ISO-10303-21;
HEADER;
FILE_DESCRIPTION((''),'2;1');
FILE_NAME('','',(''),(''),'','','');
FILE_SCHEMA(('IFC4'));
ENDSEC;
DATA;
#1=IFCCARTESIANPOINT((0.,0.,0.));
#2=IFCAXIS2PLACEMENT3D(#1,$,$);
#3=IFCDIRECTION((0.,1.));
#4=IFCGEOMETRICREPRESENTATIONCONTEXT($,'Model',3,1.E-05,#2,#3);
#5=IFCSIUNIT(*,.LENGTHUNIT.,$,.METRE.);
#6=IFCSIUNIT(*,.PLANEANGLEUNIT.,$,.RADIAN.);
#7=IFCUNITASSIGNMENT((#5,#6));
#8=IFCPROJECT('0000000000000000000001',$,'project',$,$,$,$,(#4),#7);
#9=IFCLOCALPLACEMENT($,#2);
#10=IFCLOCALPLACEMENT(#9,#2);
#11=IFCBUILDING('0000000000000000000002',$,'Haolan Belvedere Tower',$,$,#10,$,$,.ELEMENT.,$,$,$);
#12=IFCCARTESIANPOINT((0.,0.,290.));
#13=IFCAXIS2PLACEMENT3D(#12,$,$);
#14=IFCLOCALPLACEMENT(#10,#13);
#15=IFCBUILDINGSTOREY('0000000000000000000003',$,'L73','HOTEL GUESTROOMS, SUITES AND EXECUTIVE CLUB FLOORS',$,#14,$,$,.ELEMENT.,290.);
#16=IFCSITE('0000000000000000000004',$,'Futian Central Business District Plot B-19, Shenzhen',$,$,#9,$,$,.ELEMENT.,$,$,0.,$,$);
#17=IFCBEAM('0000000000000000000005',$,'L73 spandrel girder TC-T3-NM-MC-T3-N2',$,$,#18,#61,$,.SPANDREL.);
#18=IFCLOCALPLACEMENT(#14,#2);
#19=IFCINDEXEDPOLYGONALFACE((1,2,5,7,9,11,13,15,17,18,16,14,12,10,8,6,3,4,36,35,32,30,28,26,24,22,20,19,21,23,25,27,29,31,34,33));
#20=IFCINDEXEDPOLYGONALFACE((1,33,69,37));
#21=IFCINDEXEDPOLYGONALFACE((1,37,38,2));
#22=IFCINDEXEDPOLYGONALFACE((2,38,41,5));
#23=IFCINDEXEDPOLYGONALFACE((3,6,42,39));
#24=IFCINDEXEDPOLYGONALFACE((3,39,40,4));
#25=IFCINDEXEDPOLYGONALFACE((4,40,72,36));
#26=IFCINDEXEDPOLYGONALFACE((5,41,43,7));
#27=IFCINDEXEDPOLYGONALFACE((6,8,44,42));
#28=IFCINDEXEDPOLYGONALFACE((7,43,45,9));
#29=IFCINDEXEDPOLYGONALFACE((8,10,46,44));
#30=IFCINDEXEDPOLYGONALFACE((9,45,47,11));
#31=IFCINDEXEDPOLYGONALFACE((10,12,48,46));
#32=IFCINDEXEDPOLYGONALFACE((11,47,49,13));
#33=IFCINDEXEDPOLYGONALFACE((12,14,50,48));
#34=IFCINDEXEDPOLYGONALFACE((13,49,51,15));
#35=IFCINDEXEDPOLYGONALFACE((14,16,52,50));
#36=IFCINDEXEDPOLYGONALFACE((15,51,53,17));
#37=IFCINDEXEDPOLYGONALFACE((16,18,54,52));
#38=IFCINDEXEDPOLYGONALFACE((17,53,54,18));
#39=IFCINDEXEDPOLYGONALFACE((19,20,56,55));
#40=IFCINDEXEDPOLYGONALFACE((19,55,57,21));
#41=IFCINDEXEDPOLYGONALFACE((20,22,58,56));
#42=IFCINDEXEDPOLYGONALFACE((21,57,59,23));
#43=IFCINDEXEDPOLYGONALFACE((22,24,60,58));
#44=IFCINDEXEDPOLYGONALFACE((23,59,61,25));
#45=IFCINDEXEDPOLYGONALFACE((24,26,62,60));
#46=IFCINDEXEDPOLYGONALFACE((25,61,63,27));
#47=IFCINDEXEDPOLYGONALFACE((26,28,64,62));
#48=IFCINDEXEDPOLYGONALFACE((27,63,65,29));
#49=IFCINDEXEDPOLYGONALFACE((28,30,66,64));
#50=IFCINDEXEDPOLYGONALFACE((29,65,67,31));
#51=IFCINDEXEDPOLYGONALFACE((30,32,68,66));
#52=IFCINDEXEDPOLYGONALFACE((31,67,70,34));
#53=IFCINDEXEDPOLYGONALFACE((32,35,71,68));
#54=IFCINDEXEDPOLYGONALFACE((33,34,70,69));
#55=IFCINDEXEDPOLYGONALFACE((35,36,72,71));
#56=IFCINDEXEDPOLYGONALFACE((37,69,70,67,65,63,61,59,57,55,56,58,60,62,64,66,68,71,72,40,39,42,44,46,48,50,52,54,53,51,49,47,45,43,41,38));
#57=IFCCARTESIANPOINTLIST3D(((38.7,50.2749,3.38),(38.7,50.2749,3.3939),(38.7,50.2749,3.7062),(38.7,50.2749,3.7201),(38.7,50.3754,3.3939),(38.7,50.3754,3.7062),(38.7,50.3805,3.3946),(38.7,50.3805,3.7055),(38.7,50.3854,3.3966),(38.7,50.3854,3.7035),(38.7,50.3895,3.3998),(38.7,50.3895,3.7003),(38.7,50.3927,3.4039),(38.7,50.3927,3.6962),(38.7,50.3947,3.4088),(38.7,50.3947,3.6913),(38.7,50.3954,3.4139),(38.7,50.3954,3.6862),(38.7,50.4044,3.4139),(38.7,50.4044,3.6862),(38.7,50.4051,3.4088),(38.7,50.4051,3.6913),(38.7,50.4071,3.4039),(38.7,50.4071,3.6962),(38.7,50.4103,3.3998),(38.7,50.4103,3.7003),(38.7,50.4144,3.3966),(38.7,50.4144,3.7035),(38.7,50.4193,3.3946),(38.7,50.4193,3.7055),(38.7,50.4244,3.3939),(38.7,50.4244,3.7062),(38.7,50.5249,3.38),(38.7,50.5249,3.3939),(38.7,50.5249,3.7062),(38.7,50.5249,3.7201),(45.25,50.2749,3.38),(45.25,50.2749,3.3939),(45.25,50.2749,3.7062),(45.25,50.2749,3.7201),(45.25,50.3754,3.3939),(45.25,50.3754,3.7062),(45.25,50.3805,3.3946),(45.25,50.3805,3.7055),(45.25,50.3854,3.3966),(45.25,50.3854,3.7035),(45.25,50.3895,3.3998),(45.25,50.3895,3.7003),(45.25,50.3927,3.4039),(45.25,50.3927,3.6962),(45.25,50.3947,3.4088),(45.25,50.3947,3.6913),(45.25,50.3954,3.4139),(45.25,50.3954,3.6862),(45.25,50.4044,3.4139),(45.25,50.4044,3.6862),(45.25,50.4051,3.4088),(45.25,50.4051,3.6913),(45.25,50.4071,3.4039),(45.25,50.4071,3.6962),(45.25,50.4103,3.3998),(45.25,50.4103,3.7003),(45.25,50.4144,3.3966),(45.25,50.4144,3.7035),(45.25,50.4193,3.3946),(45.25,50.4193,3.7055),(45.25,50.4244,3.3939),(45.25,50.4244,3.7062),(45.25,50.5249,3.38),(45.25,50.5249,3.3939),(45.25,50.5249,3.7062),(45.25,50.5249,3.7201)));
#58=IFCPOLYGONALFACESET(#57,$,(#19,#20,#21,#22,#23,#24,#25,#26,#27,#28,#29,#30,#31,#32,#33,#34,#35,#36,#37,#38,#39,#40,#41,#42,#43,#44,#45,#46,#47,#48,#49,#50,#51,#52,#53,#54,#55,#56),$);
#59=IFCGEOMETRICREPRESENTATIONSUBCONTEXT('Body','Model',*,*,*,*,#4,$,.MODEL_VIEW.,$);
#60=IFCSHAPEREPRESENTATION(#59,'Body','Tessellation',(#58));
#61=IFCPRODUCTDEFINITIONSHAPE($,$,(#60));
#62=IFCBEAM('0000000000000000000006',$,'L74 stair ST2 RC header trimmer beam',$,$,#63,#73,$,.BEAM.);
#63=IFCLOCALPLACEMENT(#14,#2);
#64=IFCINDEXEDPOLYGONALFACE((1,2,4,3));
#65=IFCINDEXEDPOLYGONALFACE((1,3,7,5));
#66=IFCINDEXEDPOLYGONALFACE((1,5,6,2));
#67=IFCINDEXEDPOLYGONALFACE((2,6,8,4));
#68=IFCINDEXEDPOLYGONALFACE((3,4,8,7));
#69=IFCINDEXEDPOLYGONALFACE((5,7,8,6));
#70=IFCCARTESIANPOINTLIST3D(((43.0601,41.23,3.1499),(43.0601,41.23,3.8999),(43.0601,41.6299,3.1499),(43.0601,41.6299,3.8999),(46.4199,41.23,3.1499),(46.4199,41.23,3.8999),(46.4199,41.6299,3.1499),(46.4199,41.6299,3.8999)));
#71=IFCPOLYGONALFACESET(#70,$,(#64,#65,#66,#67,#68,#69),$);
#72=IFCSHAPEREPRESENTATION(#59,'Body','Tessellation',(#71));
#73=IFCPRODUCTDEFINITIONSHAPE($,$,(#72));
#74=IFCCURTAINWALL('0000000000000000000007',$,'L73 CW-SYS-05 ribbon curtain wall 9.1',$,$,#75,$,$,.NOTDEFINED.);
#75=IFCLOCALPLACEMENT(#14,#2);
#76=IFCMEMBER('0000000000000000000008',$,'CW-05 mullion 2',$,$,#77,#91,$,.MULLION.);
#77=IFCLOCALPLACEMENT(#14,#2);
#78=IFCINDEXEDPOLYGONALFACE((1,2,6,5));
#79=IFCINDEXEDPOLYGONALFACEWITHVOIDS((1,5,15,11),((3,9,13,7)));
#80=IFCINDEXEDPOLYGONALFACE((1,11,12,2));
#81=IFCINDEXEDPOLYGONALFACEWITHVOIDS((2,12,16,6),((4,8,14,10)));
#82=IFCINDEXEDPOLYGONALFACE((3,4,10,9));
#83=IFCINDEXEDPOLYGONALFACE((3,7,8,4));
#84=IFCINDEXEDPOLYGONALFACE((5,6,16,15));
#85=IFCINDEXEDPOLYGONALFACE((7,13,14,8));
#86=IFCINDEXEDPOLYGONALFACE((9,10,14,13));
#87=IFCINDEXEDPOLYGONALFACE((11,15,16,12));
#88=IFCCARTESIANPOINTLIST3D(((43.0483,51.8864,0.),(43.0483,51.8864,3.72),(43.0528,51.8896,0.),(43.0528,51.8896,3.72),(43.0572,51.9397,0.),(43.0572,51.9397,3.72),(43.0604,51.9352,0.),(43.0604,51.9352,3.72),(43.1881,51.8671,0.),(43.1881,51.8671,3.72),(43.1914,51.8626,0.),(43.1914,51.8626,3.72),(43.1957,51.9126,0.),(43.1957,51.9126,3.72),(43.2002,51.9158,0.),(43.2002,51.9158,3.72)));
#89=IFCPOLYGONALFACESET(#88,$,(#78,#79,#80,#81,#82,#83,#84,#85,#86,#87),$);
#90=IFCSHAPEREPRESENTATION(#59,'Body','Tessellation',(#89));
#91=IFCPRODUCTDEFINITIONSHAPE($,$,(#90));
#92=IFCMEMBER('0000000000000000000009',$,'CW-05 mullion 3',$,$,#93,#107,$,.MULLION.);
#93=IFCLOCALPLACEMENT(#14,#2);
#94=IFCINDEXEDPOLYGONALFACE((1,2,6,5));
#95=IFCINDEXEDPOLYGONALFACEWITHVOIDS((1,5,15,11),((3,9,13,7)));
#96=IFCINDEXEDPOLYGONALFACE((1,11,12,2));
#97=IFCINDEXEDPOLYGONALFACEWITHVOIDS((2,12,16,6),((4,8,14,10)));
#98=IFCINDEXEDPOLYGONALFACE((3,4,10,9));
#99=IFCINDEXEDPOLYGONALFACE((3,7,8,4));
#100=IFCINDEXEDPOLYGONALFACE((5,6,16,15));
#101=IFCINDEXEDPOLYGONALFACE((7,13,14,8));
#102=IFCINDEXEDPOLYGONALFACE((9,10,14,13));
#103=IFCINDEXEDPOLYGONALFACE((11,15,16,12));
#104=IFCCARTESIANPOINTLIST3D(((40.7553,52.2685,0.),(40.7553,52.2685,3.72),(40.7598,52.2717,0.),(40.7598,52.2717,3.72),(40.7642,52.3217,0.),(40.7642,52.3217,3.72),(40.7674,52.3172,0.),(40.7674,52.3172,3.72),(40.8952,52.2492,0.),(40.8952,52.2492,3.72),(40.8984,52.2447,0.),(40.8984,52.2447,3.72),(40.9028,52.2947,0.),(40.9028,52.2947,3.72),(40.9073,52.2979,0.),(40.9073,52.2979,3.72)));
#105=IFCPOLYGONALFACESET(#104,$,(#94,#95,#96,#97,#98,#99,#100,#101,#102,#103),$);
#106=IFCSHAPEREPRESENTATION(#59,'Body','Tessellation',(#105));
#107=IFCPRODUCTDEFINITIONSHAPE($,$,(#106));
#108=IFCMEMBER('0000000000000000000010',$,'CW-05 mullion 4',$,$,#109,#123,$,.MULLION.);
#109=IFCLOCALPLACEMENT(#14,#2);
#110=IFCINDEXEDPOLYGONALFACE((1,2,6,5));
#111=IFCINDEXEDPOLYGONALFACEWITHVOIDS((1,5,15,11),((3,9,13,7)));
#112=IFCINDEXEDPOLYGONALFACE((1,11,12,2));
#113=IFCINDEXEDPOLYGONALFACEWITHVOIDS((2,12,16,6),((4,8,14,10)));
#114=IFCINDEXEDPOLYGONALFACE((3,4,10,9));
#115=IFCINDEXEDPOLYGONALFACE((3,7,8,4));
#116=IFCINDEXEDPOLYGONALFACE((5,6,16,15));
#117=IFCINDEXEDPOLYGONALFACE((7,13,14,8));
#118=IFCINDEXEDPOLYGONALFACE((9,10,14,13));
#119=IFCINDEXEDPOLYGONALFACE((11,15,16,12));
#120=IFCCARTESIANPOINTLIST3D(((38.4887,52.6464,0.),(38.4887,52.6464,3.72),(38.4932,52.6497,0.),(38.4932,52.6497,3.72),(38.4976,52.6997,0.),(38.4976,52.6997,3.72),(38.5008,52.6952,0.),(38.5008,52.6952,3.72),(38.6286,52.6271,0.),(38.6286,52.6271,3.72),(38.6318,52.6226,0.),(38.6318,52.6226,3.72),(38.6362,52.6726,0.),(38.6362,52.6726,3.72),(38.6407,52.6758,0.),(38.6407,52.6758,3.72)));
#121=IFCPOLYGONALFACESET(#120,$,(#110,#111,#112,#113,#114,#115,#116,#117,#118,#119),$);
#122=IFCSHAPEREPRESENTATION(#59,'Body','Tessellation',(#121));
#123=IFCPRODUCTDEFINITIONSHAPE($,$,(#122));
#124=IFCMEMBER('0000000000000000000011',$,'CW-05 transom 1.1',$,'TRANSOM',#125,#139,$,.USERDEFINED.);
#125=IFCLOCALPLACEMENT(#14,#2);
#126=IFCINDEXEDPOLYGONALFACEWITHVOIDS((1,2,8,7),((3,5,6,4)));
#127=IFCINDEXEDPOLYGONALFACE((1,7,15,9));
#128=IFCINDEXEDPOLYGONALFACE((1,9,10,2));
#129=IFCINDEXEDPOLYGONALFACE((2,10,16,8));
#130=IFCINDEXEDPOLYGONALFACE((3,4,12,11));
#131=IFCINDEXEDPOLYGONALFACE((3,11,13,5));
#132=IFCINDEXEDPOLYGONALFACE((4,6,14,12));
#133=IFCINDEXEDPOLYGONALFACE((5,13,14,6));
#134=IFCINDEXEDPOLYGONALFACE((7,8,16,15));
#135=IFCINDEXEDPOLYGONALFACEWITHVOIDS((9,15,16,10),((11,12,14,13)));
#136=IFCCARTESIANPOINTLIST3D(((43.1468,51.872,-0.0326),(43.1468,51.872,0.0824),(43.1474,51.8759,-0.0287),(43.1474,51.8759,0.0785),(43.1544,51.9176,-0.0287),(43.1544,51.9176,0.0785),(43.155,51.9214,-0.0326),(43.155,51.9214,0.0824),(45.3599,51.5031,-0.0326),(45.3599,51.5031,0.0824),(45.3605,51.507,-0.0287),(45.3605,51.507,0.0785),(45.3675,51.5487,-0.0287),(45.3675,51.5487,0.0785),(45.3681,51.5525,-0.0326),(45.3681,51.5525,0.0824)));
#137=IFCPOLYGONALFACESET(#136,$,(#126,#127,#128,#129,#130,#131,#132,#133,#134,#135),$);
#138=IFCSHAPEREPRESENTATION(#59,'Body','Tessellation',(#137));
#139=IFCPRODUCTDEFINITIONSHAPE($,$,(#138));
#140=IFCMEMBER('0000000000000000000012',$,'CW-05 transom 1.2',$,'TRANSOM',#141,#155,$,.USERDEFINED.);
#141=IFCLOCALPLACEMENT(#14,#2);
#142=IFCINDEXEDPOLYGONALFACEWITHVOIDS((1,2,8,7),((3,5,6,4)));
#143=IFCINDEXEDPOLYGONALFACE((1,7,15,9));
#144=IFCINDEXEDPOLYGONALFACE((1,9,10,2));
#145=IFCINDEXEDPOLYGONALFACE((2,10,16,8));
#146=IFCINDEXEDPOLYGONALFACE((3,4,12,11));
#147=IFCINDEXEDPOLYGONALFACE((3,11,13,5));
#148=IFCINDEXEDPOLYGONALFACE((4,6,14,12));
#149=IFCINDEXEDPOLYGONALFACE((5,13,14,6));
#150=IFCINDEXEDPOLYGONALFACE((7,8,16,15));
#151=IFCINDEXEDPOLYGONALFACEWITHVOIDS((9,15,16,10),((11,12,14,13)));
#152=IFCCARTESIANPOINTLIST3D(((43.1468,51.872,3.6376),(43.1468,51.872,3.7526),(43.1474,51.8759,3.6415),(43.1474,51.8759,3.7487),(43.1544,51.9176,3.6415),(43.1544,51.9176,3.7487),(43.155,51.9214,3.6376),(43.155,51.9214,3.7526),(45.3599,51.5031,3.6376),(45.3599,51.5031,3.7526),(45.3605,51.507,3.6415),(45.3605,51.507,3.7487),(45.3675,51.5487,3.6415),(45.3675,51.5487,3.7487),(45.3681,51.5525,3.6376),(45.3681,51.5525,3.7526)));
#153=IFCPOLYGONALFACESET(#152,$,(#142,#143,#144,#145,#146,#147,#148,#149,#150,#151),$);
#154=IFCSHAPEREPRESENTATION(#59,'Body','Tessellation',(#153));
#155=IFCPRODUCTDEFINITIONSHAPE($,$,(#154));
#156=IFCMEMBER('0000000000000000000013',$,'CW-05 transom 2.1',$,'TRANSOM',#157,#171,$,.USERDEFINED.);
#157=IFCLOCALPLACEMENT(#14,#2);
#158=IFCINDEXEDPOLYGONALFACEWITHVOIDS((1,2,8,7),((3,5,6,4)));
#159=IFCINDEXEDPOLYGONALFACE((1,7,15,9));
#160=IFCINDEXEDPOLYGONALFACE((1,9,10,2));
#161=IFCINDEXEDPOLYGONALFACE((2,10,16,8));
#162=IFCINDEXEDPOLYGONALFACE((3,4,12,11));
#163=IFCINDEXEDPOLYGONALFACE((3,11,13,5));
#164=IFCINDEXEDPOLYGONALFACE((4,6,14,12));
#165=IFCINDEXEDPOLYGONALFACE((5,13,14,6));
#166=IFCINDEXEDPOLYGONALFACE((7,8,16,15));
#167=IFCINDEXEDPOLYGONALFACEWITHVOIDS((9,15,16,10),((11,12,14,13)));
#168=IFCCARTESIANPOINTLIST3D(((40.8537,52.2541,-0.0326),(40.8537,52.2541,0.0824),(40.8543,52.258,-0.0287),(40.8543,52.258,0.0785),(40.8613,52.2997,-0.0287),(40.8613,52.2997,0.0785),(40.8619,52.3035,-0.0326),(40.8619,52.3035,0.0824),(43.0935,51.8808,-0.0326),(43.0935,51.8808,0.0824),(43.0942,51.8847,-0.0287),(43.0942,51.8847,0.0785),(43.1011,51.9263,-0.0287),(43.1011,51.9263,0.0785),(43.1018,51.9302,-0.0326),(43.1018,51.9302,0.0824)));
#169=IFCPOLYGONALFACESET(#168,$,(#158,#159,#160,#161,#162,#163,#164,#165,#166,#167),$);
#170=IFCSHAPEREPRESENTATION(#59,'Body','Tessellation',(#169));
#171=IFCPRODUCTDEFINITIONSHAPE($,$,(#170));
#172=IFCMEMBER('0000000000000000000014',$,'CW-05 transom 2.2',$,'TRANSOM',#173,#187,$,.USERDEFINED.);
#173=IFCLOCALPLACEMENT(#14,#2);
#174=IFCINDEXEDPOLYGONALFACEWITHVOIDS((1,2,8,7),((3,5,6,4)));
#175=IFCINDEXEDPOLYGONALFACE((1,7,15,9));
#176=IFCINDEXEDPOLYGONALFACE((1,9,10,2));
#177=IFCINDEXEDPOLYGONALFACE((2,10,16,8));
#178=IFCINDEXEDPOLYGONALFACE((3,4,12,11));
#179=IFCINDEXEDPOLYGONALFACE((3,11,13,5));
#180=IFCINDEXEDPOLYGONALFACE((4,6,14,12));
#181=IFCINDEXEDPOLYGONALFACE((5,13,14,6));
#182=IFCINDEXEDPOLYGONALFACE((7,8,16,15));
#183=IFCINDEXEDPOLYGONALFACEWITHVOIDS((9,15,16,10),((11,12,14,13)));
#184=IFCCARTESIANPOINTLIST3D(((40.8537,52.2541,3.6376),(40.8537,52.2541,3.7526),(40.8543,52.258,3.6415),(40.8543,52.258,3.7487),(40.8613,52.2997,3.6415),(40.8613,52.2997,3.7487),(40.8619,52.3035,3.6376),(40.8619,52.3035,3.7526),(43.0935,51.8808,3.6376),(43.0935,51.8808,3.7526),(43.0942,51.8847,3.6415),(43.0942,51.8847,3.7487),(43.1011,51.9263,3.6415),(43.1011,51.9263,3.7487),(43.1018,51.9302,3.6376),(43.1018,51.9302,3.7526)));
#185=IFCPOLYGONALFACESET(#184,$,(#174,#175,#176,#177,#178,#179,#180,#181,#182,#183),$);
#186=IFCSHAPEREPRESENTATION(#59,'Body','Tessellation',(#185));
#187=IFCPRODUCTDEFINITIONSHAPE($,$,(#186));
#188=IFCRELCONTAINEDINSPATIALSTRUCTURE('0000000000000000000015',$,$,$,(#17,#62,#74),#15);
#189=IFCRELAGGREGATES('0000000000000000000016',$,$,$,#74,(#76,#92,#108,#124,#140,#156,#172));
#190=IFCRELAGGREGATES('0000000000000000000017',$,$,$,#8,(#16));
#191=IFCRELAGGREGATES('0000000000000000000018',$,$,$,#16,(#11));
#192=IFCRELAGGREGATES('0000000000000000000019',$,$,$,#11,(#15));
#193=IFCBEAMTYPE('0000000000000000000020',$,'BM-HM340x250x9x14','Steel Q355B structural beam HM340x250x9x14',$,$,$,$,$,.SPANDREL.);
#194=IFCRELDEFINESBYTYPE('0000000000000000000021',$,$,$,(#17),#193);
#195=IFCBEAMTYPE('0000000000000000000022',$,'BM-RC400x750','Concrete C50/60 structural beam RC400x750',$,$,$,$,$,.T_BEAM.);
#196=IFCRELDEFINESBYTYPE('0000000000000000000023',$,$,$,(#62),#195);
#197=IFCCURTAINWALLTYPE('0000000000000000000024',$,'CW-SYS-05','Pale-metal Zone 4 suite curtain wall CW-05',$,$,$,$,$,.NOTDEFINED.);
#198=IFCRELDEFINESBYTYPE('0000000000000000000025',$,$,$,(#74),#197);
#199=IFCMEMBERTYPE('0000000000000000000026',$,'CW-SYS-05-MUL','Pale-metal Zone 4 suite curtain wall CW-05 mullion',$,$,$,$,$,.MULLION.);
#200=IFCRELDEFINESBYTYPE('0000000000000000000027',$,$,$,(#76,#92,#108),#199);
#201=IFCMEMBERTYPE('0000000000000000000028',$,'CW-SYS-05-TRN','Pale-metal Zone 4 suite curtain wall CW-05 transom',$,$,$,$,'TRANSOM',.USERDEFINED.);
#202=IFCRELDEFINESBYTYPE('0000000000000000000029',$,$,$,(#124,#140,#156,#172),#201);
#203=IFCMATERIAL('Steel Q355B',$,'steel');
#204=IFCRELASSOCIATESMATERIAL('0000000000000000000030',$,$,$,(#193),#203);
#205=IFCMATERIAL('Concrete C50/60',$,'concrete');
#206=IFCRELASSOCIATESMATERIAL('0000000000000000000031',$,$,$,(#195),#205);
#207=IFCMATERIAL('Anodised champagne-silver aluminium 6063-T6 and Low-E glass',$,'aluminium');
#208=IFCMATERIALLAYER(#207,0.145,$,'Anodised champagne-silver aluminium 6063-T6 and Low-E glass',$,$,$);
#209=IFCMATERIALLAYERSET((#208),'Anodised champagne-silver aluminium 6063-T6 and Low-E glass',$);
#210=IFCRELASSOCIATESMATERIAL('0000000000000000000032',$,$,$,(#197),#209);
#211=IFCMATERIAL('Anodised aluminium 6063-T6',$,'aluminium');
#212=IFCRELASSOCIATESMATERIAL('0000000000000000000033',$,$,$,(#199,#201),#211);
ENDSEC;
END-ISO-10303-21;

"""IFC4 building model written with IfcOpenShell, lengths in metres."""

from ifc_helpers import new_model, si_unit, direction, frame, origin, origin_2d, place, context, subcontext, project, spatial, rectangle, hollow_rectangle, i_section, extrude, material, layer, layer_set, material_profile, profile_set, type_object, element, aggregate, save


model = new_model("IFC4")

# Units and contexts
model_context = context("Model", 3, precision=1e-05, world=origin(), true_north=direction((0.0, 1.0)))
body_context = subcontext(model_context, "Body", "Model", "MODEL_VIEW")
ifc_project = project(units=[si_unit("LENGTHUNIT", "METRE"), si_unit("PLANEANGLEUNIT", "RADIAN")], contexts=[model_context])

# Site, building, storey
site_placement = place(None, origin())
site = spatial("IfcSite", under=ifc_project, at=site_placement, Name="Futian Central Business District Plot B-19, Shenzhen", CompositionType="ELEMENT", RefElevation=0.0)
building_placement = place(site_placement, origin())
building = spatial("IfcBuilding", under=site, at=building_placement, Name="Haolan Belvedere Tower", CompositionType="ELEMENT")
storey_placement = place(building_placement, frame((0.0, 0.0, 290.0)))
storey = spatial("IfcBuildingStorey", under=building, at=storey_placement, Name="L73", Description="HOTEL GUESTROOMS, SUITES AND EXECUTIVE CLUB FLOORS", CompositionType="ELEMENT", Elevation=290.0)

# Beams
ifc_material_1 = material(Name="Steel Q355B", Category="steel")
ifc_material_profile_1 = material_profile(ifc_material_1, i_section(OverallWidth=0.25, OverallDepth=0.3401, WebThickness=0.009, FlangeThickness=0.0139, FilletRadius=0.02, at=origin_2d()), Name="Steel Q355B")
ifc_profile_set_1 = profile_set([ifc_material_profile_1], Name="Steel Q355B")
beam_type_1 = type_object("IfcBeamType", Name="BM-HM340x250x9x14", Description="Steel Q355B structural beam HM340x250x9x14", PredefinedType="SPANDREL", material=ifc_profile_set_1)
beam_1_placement = place(storey_placement, frame((38.7, 50.3999, 3.55), z_axis=(1.0, 0.0, 0.0), x_axis=(0.0, 1.0, 0.0)))
element("IfcBeam", 1, at=beam_1_placement, inside=storey, type_object=beam_type_1, Name="L73 spandrel girder TC-T3-NM-MC-T3-N2", PredefinedType="SPANDREL", context=body_context, shape_type="SweptSolid", body=[
    extrude(i_section(OverallWidth=0.25, OverallDepth=0.3401, WebThickness=0.009, FlangeThickness=0.0139, FilletRadius=0.02, at=origin_2d()), origin(), (0.0, 0.0, 1.0), 6.55),
])
ifc_material_2 = material(Name="Concrete C50/60", Category="concrete")
ifc_material_profile_2 = material_profile(ifc_material_2, rectangle(XDim=0.3999, YDim=0.75, at=origin_2d()), Name="Concrete C50/60")
ifc_profile_set_2 = profile_set([ifc_material_profile_2], Name="Concrete C50/60")
beam_type_2 = type_object("IfcBeamType", Name="BM-RC400x750", Description="Concrete C50/60 structural beam RC400x750", PredefinedType="T_BEAM", material=ifc_profile_set_2)
beam_2_placement = place(storey_placement, frame((43.0601, 41.4299, 3.5249), z_axis=(1.0, 0.0, 0.0), x_axis=(0.0, 1.0, 0.0)))
element("IfcBeam", 2, at=beam_2_placement, inside=storey, type_object=beam_type_2, Name="L74 stair ST2 RC header trimmer beam", PredefinedType="BEAM", context=body_context, shape_type="SweptSolid", body=[
    extrude(rectangle(XDim=0.3999, YDim=0.75, at=origin_2d()), origin(), (0.0, 0.0, 1.0), 3.3599),
])

# Curtain wall, members
ifc_material_3 = material(Name="Anodised champagne-silver aluminium 6063-T6 and Low-E glass", Category="aluminium")
ifc_layer_1 = layer(ifc_material_3, 0.145, Name="Anodised champagne-silver aluminium 6063-T6 and Low-E glass")
ifc_layer_set_1 = layer_set([ifc_layer_1], Name="Anodised champagne-silver aluminium 6063-T6 and Low-E glass")
curtain_wall_type = type_object("IfcCurtainWallType", Name="CW-SYS-05", Description="Pale-metal Zone 4 suite curtain wall CW-05", PredefinedType="NOTDEFINED", material=ifc_layer_set_1)
curtain_wall_placement = place(storey_placement, origin())
curtain_wall = element("IfcCurtainWall", 3, at=curtain_wall_placement, inside=storey, type_object=curtain_wall_type, Name="L73 CW-SYS-05 ribbon curtain wall 9.1", PredefinedType="NOTDEFINED")
ifc_material_4 = material(Name="Anodised aluminium 6063-T6", Category="aluminium")
ifc_material_profile_3 = material_profile(ifc_material_4, hollow_rectangle(XDim=0.054, YDim=0.145, WallThickness=0.0039, at=origin_2d()), Name="Anodised aluminium 6063-T6")
ifc_profile_set_3 = profile_set([ifc_material_profile_3], Name="Anodised aluminium 6063-T6")
member_type_1 = type_object("IfcMemberType", Name="CW-SYS-05-MUL", Description="Pale-metal Zone 4 suite curtain wall CW-05 mullion", PredefinedType="MULLION", material=ifc_profile_set_3)
member_1_placement = place(storey_placement, frame((43.1243, 51.9011, 0.0), z_axis=(0.0, 0.0, 1.0), x_axis=(-0.164406, -0.986393, 0.0)))
member_1 = element("IfcMember", 4, at=member_1_placement, type_object=member_type_1, Name="CW-05 mullion 2", PredefinedType="MULLION", context=body_context, shape_type="SweptSolid", body=[
    extrude(hollow_rectangle(XDim=0.054, YDim=0.145, WallThickness=0.0039, at=origin_2d()), origin(), (0.0, 0.0, 1.0), 3.72),
])
member_2_placement = place(storey_placement, frame((40.8313, 52.2832, 0.0), z_axis=(0.0, 0.0, 1.0), x_axis=(-0.164406, -0.986393, 0.0)))
member_2 = element("IfcMember", 5, at=member_2_placement, type_object=member_type_1, Name="CW-05 mullion 3", PredefinedType="MULLION", context=body_context, shape_type="SweptSolid", body=[
    extrude(hollow_rectangle(XDim=0.054, YDim=0.145, WallThickness=0.0039, at=origin_2d()), origin(), (0.0, 0.0, 1.0), 3.72),
])
member_3_placement = place(storey_placement, frame((38.5647, 52.6611, 0.0), z_axis=(0.0, 0.0, 1.0), x_axis=(-0.164406, -0.986393, 0.0)))
member_3 = element("IfcMember", 6, at=member_3_placement, type_object=member_type_1, Name="CW-05 mullion 4", PredefinedType="MULLION", context=body_context, shape_type="SweptSolid", body=[
    extrude(hollow_rectangle(XDim=0.054, YDim=0.145, WallThickness=0.0039, at=origin_2d()), origin(), (0.0, 0.0, 1.0), 3.72),
])
ifc_material_profile_4 = material_profile(ifc_material_4, hollow_rectangle(XDim=0.05, YDim=0.115, WallThickness=0.0039, at=origin_2d()), Name="Anodised aluminium 6063-T6")
ifc_profile_set_4 = profile_set([ifc_material_profile_4], Name="Anodised aluminium 6063-T6")
member_type_2 = type_object("IfcMemberType", Name="CW-SYS-05-TRN", Description="Pale-metal Zone 4 suite curtain wall CW-05 transom", ElementType="TRANSOM", PredefinedType="USERDEFINED", material=ifc_profile_set_4)
member_4_placement = place(storey_placement, frame((45.364, 51.5278, 0.0249), z_axis=(-0.986391, 0.164417, 0.0), x_axis=(-0.164417, -0.986391, 0.0)))
member_4 = element("IfcMember", 7, at=member_4_placement, type_object=member_type_2, Name="CW-05 transom 1.1", ObjectType="TRANSOM", PredefinedType="USERDEFINED", context=body_context, shape_type="SweptSolid", body=[
    extrude(hollow_rectangle(XDim=0.05, YDim=0.115, WallThickness=0.0039, at=origin_2d()), origin(), (0.0, 0.0, 1.0), 2.2437),
])
member_5_placement = place(storey_placement, frame((45.364, 51.5278, 3.6951), z_axis=(-0.986391, 0.164417, 0.0), x_axis=(-0.164417, -0.986391, 0.0)))
member_5 = element("IfcMember", 8, at=member_5_placement, type_object=member_type_2, Name="CW-05 transom 1.2", ObjectType="TRANSOM", PredefinedType="USERDEFINED", context=body_context, shape_type="SweptSolid", body=[
    extrude(hollow_rectangle(XDim=0.05, YDim=0.115, WallThickness=0.0039, at=origin_2d()), origin(), (0.0, 0.0, 1.0), 2.2437),
])
member_6_placement = place(storey_placement, frame((43.0977, 51.9055, 0.0249), z_axis=(-0.986394, 0.164399, 0.0), x_axis=(-0.164399, -0.986394, 0.0)))
member_6 = element("IfcMember", 9, at=member_6_placement, type_object=member_type_2, Name="CW-05 transom 2.1", ObjectType="TRANSOM", PredefinedType="USERDEFINED", context=body_context, shape_type="SweptSolid", body=[
    extrude(hollow_rectangle(XDim=0.05, YDim=0.115, WallThickness=0.0039, at=origin_2d()), origin(), (0.0, 0.0, 1.0), 2.2708),
])
member_7_placement = place(storey_placement, frame((43.0977, 51.9055, 3.6951), z_axis=(-0.986394, 0.164399, 0.0), x_axis=(-0.164399, -0.986394, 0.0)))
member_7 = element("IfcMember", 10, at=member_7_placement, type_object=member_type_2, Name="CW-05 transom 2.2", ObjectType="TRANSOM", PredefinedType="USERDEFINED", context=body_context, shape_type="SweptSolid", body=[
    extrude(hollow_rectangle(XDim=0.05, YDim=0.115, WallThickness=0.0039, at=origin_2d()), origin(), (0.0, 0.0, 1.0), 2.2708),
])
aggregate(curtain_wall, [member_1, member_2, member_3, member_4, member_5, member_6, member_7])

save(model, "model.ifc")
